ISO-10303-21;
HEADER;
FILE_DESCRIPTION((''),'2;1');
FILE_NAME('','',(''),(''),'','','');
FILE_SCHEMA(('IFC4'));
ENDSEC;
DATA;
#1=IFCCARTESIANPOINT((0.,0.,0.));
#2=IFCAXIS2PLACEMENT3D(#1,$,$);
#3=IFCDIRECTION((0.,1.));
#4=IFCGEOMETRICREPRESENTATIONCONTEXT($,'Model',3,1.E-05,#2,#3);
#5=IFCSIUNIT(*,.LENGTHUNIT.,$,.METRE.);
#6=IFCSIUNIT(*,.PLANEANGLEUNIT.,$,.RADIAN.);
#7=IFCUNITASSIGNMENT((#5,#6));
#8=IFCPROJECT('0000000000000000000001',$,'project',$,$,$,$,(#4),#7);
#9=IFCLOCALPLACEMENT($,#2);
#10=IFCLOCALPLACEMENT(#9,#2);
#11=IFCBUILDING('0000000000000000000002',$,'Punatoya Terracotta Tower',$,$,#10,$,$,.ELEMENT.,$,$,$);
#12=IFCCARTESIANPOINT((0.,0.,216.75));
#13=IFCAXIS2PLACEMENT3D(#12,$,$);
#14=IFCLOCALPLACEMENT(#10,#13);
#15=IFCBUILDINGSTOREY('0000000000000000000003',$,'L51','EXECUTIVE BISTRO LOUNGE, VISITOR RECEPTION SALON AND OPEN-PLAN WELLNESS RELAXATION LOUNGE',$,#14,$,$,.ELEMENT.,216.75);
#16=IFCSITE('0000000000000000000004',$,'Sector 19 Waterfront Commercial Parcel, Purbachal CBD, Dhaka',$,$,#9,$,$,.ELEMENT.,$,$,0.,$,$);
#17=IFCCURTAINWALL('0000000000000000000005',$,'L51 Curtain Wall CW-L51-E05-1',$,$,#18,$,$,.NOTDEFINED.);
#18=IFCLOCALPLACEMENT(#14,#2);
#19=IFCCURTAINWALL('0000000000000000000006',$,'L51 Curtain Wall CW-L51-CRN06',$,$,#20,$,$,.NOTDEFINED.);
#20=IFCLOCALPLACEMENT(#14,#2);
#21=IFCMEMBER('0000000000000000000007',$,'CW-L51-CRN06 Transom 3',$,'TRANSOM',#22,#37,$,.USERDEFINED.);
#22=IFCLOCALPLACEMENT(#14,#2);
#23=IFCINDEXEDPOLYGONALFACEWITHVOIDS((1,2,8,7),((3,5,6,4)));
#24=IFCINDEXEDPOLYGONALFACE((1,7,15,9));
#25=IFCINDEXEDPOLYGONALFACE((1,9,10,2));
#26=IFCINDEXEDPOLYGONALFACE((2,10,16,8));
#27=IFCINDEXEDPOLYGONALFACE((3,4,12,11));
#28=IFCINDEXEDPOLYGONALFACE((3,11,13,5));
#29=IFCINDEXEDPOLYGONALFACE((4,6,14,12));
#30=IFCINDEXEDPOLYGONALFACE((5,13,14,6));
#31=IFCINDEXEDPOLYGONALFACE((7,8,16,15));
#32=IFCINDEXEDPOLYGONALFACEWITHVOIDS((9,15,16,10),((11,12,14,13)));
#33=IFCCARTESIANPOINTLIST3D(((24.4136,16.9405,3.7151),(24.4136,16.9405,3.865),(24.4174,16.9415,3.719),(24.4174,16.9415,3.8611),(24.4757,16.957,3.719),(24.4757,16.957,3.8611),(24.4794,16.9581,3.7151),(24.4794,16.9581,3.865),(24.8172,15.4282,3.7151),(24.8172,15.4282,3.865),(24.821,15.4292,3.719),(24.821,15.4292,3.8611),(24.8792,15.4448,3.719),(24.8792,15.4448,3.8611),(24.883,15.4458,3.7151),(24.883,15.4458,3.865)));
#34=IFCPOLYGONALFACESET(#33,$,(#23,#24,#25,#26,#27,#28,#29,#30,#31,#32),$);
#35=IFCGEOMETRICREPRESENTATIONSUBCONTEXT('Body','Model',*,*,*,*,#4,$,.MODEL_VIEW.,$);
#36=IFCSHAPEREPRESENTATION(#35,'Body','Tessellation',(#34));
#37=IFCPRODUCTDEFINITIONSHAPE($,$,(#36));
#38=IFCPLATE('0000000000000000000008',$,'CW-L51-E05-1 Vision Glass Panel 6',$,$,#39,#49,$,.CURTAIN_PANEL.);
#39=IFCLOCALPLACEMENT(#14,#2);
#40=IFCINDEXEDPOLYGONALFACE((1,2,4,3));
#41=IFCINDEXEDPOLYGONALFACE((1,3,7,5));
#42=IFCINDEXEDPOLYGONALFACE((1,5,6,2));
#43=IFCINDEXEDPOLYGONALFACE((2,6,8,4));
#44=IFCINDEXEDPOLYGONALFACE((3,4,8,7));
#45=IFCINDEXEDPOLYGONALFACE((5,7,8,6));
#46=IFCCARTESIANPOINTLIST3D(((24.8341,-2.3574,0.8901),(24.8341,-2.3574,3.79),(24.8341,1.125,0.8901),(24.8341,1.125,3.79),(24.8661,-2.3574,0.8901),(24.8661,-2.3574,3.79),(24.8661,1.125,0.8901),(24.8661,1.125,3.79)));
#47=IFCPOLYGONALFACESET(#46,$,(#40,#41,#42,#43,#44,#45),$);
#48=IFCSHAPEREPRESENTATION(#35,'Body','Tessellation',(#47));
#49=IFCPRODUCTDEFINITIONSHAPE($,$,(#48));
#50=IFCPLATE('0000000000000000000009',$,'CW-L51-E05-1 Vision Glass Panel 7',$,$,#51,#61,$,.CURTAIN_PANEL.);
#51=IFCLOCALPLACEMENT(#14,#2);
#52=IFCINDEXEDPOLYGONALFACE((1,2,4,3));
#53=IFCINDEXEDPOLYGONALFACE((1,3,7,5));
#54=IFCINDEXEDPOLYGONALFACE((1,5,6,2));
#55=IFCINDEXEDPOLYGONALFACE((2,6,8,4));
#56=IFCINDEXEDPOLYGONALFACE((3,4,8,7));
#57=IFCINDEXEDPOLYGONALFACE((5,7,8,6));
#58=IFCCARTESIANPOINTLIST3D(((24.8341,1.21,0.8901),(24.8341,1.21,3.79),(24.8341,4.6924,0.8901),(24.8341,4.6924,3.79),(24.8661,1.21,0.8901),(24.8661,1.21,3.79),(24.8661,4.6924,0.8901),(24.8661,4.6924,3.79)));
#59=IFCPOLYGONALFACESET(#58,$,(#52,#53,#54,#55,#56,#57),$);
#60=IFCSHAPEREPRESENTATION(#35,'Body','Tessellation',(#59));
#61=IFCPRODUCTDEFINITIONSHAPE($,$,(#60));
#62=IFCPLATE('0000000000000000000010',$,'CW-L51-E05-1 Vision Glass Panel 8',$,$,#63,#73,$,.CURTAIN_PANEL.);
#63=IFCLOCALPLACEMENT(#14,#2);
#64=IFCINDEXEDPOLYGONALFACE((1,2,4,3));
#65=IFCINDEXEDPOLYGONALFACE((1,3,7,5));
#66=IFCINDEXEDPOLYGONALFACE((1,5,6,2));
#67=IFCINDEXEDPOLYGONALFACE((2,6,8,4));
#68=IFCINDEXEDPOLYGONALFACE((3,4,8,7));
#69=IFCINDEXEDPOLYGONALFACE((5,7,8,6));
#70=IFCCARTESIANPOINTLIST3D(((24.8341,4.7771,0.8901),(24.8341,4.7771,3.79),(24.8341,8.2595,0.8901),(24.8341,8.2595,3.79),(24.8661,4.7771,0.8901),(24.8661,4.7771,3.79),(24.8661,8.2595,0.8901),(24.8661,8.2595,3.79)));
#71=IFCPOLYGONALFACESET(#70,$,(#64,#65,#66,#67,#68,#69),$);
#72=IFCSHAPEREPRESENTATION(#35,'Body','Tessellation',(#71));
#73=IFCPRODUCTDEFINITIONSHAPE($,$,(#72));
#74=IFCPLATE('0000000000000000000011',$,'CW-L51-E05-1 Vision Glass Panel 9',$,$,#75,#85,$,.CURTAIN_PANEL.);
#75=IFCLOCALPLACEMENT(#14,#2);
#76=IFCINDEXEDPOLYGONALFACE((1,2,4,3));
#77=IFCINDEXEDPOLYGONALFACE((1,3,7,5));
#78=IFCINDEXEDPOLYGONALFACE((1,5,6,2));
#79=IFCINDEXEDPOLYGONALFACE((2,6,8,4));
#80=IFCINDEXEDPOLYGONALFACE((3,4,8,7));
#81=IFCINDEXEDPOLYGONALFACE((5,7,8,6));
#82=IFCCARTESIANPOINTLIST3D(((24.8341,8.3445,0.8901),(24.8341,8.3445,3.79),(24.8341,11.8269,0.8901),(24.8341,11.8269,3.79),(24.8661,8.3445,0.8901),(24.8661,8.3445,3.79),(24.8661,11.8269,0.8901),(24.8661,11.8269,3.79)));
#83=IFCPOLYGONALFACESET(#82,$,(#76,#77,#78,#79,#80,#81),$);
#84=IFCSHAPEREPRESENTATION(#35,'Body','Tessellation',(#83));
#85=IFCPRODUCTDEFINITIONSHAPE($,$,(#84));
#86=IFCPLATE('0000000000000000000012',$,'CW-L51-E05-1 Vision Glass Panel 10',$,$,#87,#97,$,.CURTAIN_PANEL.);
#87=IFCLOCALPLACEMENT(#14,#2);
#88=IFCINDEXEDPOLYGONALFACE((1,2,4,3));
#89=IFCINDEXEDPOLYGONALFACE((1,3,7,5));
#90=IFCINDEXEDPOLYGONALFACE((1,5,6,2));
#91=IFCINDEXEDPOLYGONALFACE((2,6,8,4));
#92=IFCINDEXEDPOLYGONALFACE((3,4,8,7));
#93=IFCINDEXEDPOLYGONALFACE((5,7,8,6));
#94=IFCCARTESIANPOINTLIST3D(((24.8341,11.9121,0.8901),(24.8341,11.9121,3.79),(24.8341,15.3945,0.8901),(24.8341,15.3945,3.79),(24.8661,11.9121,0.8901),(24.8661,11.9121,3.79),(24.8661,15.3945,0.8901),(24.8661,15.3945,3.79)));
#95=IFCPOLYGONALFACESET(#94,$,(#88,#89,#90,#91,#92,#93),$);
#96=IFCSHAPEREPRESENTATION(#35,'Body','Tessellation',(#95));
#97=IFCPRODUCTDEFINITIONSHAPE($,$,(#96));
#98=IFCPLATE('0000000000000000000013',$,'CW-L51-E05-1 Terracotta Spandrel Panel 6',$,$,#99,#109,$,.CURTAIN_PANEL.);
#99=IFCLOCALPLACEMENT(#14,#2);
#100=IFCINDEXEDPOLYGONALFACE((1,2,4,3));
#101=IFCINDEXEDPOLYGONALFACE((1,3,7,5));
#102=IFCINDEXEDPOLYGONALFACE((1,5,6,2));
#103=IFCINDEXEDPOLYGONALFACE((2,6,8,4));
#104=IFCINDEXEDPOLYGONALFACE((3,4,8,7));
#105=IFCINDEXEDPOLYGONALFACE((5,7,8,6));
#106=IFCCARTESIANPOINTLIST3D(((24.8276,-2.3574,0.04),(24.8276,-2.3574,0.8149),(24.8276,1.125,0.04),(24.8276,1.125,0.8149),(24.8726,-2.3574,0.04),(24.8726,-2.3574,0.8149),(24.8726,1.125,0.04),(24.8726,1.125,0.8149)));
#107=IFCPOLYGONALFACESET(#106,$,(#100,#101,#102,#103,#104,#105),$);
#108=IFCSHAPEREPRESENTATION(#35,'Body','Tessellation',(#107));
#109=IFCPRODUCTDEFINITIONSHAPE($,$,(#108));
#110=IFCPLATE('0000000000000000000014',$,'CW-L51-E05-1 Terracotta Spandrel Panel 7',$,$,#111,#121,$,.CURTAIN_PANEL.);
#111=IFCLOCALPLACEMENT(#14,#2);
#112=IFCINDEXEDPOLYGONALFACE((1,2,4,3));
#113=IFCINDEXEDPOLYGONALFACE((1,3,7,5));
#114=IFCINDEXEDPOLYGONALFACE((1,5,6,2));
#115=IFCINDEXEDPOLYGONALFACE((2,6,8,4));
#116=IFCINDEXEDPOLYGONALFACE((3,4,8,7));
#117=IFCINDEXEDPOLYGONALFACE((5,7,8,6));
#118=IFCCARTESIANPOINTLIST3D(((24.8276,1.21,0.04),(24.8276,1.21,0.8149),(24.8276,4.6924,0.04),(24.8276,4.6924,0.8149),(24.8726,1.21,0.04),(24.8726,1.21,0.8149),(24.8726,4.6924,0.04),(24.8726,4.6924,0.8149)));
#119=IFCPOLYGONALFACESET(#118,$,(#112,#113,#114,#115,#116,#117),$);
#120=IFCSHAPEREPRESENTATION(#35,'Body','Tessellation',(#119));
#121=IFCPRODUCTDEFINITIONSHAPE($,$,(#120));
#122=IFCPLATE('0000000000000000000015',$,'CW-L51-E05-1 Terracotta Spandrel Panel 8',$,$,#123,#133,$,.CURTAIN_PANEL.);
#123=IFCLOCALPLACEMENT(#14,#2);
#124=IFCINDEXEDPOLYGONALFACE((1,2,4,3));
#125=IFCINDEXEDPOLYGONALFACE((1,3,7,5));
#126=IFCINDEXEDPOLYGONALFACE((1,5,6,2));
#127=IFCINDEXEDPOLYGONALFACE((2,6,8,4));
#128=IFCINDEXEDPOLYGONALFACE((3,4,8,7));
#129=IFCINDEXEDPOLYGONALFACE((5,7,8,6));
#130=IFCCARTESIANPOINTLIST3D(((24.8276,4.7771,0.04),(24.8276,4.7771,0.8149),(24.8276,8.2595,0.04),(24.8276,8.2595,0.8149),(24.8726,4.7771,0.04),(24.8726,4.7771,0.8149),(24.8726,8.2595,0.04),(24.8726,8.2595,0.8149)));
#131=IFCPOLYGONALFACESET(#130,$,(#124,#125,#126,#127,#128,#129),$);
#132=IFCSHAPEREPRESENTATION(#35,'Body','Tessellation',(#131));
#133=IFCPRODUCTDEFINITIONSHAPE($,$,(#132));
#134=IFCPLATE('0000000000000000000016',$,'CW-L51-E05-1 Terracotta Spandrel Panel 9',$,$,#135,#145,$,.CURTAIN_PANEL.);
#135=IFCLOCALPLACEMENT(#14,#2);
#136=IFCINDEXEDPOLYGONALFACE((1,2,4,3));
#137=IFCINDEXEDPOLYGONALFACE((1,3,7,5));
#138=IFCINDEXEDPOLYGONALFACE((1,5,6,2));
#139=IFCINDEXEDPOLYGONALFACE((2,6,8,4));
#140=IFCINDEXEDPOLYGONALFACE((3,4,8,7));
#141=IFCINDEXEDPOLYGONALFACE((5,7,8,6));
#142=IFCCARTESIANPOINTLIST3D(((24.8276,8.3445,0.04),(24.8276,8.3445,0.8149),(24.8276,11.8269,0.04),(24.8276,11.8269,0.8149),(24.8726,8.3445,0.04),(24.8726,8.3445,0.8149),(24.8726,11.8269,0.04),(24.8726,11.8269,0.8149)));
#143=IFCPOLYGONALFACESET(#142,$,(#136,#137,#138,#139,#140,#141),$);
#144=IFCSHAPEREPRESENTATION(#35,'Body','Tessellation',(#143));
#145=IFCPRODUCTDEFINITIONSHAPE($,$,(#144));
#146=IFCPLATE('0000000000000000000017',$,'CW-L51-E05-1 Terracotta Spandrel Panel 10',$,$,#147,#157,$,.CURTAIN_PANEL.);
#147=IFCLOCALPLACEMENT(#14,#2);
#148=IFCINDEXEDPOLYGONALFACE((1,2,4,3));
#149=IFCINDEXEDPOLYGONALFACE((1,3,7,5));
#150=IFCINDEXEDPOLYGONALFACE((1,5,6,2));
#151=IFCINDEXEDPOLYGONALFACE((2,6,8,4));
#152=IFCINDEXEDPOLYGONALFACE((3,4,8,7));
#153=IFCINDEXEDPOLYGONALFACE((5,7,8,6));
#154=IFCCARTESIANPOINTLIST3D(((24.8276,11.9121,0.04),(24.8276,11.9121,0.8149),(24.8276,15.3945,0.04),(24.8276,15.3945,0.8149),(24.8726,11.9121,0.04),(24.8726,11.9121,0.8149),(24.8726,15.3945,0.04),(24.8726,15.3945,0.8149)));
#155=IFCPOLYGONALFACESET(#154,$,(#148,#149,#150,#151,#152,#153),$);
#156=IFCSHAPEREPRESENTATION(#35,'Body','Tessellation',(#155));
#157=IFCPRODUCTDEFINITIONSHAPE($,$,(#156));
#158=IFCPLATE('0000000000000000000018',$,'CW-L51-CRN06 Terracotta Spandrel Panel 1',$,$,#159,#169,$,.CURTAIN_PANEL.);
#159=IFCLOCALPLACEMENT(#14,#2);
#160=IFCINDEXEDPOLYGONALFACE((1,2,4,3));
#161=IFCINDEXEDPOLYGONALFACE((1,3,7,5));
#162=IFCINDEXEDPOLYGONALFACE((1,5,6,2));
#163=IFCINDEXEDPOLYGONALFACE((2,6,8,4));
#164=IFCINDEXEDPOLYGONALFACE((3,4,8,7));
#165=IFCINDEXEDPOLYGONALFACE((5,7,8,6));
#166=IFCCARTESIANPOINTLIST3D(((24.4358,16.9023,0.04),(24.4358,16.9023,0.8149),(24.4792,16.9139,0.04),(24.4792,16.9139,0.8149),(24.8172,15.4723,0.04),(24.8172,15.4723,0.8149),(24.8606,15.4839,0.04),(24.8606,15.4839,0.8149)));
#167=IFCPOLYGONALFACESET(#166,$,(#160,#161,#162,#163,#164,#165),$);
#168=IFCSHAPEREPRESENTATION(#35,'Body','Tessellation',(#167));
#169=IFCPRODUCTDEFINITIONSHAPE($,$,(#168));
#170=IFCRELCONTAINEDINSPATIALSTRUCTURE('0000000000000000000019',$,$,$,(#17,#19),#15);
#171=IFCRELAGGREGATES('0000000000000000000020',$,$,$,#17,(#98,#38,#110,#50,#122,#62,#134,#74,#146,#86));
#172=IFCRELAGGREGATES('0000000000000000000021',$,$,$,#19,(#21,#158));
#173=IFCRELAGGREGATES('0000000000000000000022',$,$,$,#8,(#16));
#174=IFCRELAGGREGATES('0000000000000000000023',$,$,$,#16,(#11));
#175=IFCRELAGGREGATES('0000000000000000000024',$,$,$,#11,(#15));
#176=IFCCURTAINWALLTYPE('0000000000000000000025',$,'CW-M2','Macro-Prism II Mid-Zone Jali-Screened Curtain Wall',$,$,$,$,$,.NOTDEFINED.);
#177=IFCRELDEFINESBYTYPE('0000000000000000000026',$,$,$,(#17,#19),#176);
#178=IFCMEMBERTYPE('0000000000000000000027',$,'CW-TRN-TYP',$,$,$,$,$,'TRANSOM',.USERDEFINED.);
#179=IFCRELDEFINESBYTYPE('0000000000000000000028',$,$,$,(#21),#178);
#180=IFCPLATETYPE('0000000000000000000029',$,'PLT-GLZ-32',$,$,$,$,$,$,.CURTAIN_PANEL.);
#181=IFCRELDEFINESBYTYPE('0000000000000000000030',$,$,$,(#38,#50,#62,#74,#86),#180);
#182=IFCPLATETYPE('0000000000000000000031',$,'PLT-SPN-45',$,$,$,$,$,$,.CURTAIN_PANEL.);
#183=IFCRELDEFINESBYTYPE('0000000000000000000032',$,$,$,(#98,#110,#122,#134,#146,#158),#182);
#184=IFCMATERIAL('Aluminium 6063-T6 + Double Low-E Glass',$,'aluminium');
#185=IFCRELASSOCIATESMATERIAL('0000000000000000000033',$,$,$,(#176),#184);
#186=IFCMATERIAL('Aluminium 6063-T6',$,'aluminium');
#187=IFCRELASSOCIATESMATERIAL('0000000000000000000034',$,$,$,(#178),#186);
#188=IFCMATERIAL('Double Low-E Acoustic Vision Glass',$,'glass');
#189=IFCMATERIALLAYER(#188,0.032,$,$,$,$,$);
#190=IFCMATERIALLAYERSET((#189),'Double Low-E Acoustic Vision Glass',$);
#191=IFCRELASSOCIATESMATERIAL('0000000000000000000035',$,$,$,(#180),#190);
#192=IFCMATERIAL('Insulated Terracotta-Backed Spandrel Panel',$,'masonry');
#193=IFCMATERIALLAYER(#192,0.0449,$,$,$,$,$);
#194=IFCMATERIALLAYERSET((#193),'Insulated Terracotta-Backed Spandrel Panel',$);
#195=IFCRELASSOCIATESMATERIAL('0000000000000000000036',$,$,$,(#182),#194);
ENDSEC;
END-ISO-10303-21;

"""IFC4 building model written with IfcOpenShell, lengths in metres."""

from ifc_helpers import new_model, si_unit, direction, frame, origin, origin_2d, place, context, subcontext, project, spatial, rectangle, hollow_rectangle, extrude, material, layer, layer_set, material_profile, profile_set, type_object, element, aggregate, save


model = new_model("IFC4")

# Units and contexts
model_context = context("Model", 3, precision=1e-05, world=origin(), true_north=direction((0.0, 1.0)))
body_context = subcontext(model_context, "Body", "Model", "MODEL_VIEW")
ifc_project = project(units=[si_unit("LENGTHUNIT", "METRE"), si_unit("PLANEANGLEUNIT", "RADIAN")], contexts=[model_context])

# Site, building, storey
site_placement = place(None, origin())
site = spatial("IfcSite", under=ifc_project, at=site_placement, Name="Sector 19 Waterfront Commercial Parcel, Purbachal CBD, Dhaka", CompositionType="ELEMENT", RefElevation=0.0)
building_placement = place(site_placement, origin())
building = spatial("IfcBuilding", under=site, at=building_placement, Name="Punatoya Terracotta Tower", CompositionType="ELEMENT")
storey_placement = place(building_placement, frame((0.0, 0.0, 216.75)))
storey = spatial("IfcBuildingStorey", under=building, at=storey_placement, Name="L51", Description="EXECUTIVE BISTRO LOUNGE, VISITOR RECEPTION SALON AND OPEN-PLAN WELLNESS RELAXATION LOUNGE", CompositionType="ELEMENT", Elevation=216.75)

# Curtain walls, member
ifc_material_1 = material(Name="Aluminium 6063-T6 + Double Low-E Glass", Category="aluminium")
curtain_wall_type = type_object("IfcCurtainWallType", Name="CW-M2", Description="Macro-Prism II Mid-Zone Jali-Screened Curtain Wall", PredefinedType="NOTDEFINED", material=ifc_material_1)
curtain_wall_1_placement = place(storey_placement, origin())
curtain_wall_1 = element("IfcCurtainWall", 1, at=curtain_wall_1_placement, inside=storey, type_object=curtain_wall_type, Name="L51 Curtain Wall CW-L51-E05-1", PredefinedType="NOTDEFINED")
ifc_material_2 = material(Name="Aluminium 6063-T6", Category="aluminium")
curtain_wall_2_placement = place(storey_placement, origin())
curtain_wall_2 = element("IfcCurtainWall", 2, at=curtain_wall_2_placement, inside=storey, type_object=curtain_wall_type, Name="L51 Curtain Wall CW-L51-CRN06", PredefinedType="NOTDEFINED")
ifc_material_profile_1 = material_profile(ifc_material_2, hollow_rectangle(XDim=0.0681, YDim=0.1499, WallThickness=0.0039, at=origin_2d()))
ifc_profile_set_1 = profile_set([ifc_material_profile_1], Name="Aluminium 6063-T6")
member_type_1 = type_object("IfcMemberType", Name="CW-TRN-TYP", ElementType="TRANSOM", PredefinedType="USERDEFINED", material=ifc_profile_set_1)
member_1_placement = place(storey_placement, frame((24.8501, 15.437, 3.79), z_axis=(-0.257847, 0.966186, 0.0), x_axis=(-0.966186, -0.257847, 0.0)))
member_1 = element("IfcMember", 3, at=member_1_placement, type_object=member_type_1, Name="CW-L51-CRN06 Transom 3", ObjectType="TRANSOM", PredefinedType="USERDEFINED", context=body_context, shape_type="SweptSolid", body=[
    extrude(hollow_rectangle(XDim=0.0681, YDim=0.1499, WallThickness=0.0039, at=origin_2d()), origin(), (0.0, 0.0, 1.0), 1.5652),
])

# Plates
ifc_material_3 = material(Name="Double Low-E Acoustic Vision Glass", Category="glass")
ifc_layer_1 = layer(ifc_material_3, 0.032)
ifc_layer_set_1 = layer_set([ifc_layer_1], Name="Double Low-E Acoustic Vision Glass")
plate_type_1 = type_object("IfcPlateType", Name="PLT-GLZ-32", PredefinedType="CURTAIN_PANEL", material=ifc_layer_set_1)
plate_1_placement = place(storey_placement, frame((24.8501, -0.6162, 0.8901), z_axis=(0.0, 0.0, 1.0), x_axis=(0.0, 1.0, 0.0)))
plate_1 = element("IfcPlate", 4, at=plate_1_placement, type_object=plate_type_1, Name="CW-L51-E05-1 Vision Glass Panel 6", PredefinedType="CURTAIN_PANEL", context=body_context, shape_type="SweptSolid", body=[
    extrude(rectangle(XDim=3.4824, YDim=0.032, at=origin_2d()), origin(), (0.0, 0.0, 1.0), 2.8999),
])
plate_2_placement = place(storey_placement, frame((24.8501, 2.9512, 0.8901), z_axis=(0.0, 0.0, 1.0), x_axis=(0.0, 1.0, 0.0)))
plate_2 = element("IfcPlate", 5, at=plate_2_placement, type_object=plate_type_1, Name="CW-L51-E05-1 Vision Glass Panel 7", PredefinedType="CURTAIN_PANEL", context=body_context, shape_type="SweptSolid", body=[
    extrude(rectangle(XDim=3.4824, YDim=0.032, at=origin_2d()), origin(), (0.0, 0.0, 1.0), 2.8999),
])
plate_3_placement = place(storey_placement, frame((24.8501, 6.5183, 0.8901), z_axis=(0.0, 0.0, 1.0), x_axis=(0.0, 1.0, 0.0)))
plate_3 = element("IfcPlate", 6, at=plate_3_placement, type_object=plate_type_1, Name="CW-L51-E05-1 Vision Glass Panel 8", PredefinedType="CURTAIN_PANEL", context=body_context, shape_type="SweptSolid", body=[
    extrude(rectangle(XDim=3.4824, YDim=0.032, at=origin_2d()), origin(), (0.0, 0.0, 1.0), 2.8999),
])
plate_4_placement = place(storey_placement, frame((24.8501, 10.0857, 0.8901), z_axis=(0.0, 0.0, 1.0), x_axis=(0.0, 1.0, 0.0)))
plate_4 = element("IfcPlate", 7, at=plate_4_placement, type_object=plate_type_1, Name="CW-L51-E05-1 Vision Glass Panel 9", PredefinedType="CURTAIN_PANEL", context=body_context, shape_type="SweptSolid", body=[
    extrude(rectangle(XDim=3.4824, YDim=0.032, at=origin_2d()), origin(), (0.0, 0.0, 1.0), 2.8999),
])
plate_5_placement = place(storey_placement, frame((24.8501, 13.6533, 0.8901), z_axis=(0.0, 0.0, 1.0), x_axis=(0.0, 1.0, 0.0)))
plate_5 = element("IfcPlate", 8, at=plate_5_placement, type_object=plate_type_1, Name="CW-L51-E05-1 Vision Glass Panel 10", PredefinedType="CURTAIN_PANEL", context=body_context, shape_type="SweptSolid", body=[
    extrude(rectangle(XDim=3.4824, YDim=0.032, at=origin_2d()), origin(), (0.0, 0.0, 1.0), 2.8999),
])
ifc_material_4 = material(Name="Insulated Terracotta-Backed Spandrel Panel", Category="masonry")
ifc_layer_2 = layer(ifc_material_4, 0.0449)
ifc_layer_set_2 = layer_set([ifc_layer_2], Name="Insulated Terracotta-Backed Spandrel Panel")
plate_type_2 = type_object("IfcPlateType", Name="PLT-SPN-45", PredefinedType="CURTAIN_PANEL", material=ifc_layer_set_2)
plate_6_placement = place(storey_placement, frame((24.8501, -0.6162, 0.04), z_axis=(0.0, 0.0, 1.0), x_axis=(0.0, 1.0, 0.0)))
plate_6 = element("IfcPlate", 9, at=plate_6_placement, type_object=plate_type_2, Name="CW-L51-E05-1 Terracotta Spandrel Panel 6", PredefinedType="CURTAIN_PANEL", context=body_context, shape_type="SweptSolid", body=[
    extrude(rectangle(XDim=3.4824, YDim=0.0449, at=origin_2d()), origin(), (0.0, 0.0, 1.0), 0.7749),
])
plate_7_placement = place(storey_placement, frame((24.8501, 2.9512, 0.04), z_axis=(0.0, 0.0, 1.0), x_axis=(0.0, 1.0, 0.0)))
plate_7 = element("IfcPlate", 10, at=plate_7_placement, type_object=plate_type_2, Name="CW-L51-E05-1 Terracotta Spandrel Panel 7", PredefinedType="CURTAIN_PANEL", context=body_context, shape_type="SweptSolid", body=[
    extrude(rectangle(XDim=3.4824, YDim=0.0449, at=origin_2d()), origin(), (0.0, 0.0, 1.0), 0.7749),
])
plate_8_placement = place(storey_placement, frame((24.8501, 6.5183, 0.04), z_axis=(0.0, 0.0, 1.0), x_axis=(0.0, 1.0, 0.0)))
plate_8 = element("IfcPlate", 11, at=plate_8_placement, type_object=plate_type_2, Name="CW-L51-E05-1 Terracotta Spandrel Panel 8", PredefinedType="CURTAIN_PANEL", context=body_context, shape_type="SweptSolid", body=[
    extrude(rectangle(XDim=3.4824, YDim=0.0449, at=origin_2d()), origin(), (0.0, 0.0, 1.0), 0.7749),
])
plate_9_placement = place(storey_placement, frame((24.8501, 10.0857, 0.04), z_axis=(0.0, 0.0, 1.0), x_axis=(0.0, 1.0, 0.0)))
plate_9 = element("IfcPlate", 12, at=plate_9_placement, type_object=plate_type_2, Name="CW-L51-E05-1 Terracotta Spandrel Panel 9", PredefinedType="CURTAIN_PANEL", context=body_context, shape_type="SweptSolid", body=[
    extrude(rectangle(XDim=3.4824, YDim=0.0449, at=origin_2d()), origin(), (0.0, 0.0, 1.0), 0.7749),
])
plate_10_placement = place(storey_placement, frame((24.8501, 13.6533, 0.04), z_axis=(0.0, 0.0, 1.0), x_axis=(0.0, 1.0, 0.0)))
plate_10 = element("IfcPlate", 13, at=plate_10_placement, type_object=plate_type_2, Name="CW-L51-E05-1 Terracotta Spandrel Panel 10", PredefinedType="CURTAIN_PANEL", context=body_context, shape_type="SweptSolid", body=[
    extrude(rectangle(XDim=3.4824, YDim=0.0449, at=origin_2d()), origin(), (0.0, 0.0, 1.0), 0.7749),
])
aggregate(curtain_wall_1, [plate_6, plate_1, plate_7, plate_2, plate_8, plate_3, plate_9, plate_4, plate_10, plate_5])
plate_11_placement = place(storey_placement, frame((24.6482, 16.1931, 0.04), z_axis=(0.0, 0.0, 1.0), x_axis=(-0.257742, 0.966214, 0.0)))
plate_11 = element("IfcPlate", 14, at=plate_11_placement, type_object=plate_type_2, Name="CW-L51-CRN06 Terracotta Spandrel Panel 1", PredefinedType="CURTAIN_PANEL", context=body_context, shape_type="SweptSolid", body=[
    extrude(rectangle(XDim=1.48, YDim=0.0449, at=origin_2d()), origin(), (0.0, 0.0, 1.0), 0.7749),
])
aggregate(curtain_wall_2, [member_1, plate_11])

save(model, "model.ifc")
